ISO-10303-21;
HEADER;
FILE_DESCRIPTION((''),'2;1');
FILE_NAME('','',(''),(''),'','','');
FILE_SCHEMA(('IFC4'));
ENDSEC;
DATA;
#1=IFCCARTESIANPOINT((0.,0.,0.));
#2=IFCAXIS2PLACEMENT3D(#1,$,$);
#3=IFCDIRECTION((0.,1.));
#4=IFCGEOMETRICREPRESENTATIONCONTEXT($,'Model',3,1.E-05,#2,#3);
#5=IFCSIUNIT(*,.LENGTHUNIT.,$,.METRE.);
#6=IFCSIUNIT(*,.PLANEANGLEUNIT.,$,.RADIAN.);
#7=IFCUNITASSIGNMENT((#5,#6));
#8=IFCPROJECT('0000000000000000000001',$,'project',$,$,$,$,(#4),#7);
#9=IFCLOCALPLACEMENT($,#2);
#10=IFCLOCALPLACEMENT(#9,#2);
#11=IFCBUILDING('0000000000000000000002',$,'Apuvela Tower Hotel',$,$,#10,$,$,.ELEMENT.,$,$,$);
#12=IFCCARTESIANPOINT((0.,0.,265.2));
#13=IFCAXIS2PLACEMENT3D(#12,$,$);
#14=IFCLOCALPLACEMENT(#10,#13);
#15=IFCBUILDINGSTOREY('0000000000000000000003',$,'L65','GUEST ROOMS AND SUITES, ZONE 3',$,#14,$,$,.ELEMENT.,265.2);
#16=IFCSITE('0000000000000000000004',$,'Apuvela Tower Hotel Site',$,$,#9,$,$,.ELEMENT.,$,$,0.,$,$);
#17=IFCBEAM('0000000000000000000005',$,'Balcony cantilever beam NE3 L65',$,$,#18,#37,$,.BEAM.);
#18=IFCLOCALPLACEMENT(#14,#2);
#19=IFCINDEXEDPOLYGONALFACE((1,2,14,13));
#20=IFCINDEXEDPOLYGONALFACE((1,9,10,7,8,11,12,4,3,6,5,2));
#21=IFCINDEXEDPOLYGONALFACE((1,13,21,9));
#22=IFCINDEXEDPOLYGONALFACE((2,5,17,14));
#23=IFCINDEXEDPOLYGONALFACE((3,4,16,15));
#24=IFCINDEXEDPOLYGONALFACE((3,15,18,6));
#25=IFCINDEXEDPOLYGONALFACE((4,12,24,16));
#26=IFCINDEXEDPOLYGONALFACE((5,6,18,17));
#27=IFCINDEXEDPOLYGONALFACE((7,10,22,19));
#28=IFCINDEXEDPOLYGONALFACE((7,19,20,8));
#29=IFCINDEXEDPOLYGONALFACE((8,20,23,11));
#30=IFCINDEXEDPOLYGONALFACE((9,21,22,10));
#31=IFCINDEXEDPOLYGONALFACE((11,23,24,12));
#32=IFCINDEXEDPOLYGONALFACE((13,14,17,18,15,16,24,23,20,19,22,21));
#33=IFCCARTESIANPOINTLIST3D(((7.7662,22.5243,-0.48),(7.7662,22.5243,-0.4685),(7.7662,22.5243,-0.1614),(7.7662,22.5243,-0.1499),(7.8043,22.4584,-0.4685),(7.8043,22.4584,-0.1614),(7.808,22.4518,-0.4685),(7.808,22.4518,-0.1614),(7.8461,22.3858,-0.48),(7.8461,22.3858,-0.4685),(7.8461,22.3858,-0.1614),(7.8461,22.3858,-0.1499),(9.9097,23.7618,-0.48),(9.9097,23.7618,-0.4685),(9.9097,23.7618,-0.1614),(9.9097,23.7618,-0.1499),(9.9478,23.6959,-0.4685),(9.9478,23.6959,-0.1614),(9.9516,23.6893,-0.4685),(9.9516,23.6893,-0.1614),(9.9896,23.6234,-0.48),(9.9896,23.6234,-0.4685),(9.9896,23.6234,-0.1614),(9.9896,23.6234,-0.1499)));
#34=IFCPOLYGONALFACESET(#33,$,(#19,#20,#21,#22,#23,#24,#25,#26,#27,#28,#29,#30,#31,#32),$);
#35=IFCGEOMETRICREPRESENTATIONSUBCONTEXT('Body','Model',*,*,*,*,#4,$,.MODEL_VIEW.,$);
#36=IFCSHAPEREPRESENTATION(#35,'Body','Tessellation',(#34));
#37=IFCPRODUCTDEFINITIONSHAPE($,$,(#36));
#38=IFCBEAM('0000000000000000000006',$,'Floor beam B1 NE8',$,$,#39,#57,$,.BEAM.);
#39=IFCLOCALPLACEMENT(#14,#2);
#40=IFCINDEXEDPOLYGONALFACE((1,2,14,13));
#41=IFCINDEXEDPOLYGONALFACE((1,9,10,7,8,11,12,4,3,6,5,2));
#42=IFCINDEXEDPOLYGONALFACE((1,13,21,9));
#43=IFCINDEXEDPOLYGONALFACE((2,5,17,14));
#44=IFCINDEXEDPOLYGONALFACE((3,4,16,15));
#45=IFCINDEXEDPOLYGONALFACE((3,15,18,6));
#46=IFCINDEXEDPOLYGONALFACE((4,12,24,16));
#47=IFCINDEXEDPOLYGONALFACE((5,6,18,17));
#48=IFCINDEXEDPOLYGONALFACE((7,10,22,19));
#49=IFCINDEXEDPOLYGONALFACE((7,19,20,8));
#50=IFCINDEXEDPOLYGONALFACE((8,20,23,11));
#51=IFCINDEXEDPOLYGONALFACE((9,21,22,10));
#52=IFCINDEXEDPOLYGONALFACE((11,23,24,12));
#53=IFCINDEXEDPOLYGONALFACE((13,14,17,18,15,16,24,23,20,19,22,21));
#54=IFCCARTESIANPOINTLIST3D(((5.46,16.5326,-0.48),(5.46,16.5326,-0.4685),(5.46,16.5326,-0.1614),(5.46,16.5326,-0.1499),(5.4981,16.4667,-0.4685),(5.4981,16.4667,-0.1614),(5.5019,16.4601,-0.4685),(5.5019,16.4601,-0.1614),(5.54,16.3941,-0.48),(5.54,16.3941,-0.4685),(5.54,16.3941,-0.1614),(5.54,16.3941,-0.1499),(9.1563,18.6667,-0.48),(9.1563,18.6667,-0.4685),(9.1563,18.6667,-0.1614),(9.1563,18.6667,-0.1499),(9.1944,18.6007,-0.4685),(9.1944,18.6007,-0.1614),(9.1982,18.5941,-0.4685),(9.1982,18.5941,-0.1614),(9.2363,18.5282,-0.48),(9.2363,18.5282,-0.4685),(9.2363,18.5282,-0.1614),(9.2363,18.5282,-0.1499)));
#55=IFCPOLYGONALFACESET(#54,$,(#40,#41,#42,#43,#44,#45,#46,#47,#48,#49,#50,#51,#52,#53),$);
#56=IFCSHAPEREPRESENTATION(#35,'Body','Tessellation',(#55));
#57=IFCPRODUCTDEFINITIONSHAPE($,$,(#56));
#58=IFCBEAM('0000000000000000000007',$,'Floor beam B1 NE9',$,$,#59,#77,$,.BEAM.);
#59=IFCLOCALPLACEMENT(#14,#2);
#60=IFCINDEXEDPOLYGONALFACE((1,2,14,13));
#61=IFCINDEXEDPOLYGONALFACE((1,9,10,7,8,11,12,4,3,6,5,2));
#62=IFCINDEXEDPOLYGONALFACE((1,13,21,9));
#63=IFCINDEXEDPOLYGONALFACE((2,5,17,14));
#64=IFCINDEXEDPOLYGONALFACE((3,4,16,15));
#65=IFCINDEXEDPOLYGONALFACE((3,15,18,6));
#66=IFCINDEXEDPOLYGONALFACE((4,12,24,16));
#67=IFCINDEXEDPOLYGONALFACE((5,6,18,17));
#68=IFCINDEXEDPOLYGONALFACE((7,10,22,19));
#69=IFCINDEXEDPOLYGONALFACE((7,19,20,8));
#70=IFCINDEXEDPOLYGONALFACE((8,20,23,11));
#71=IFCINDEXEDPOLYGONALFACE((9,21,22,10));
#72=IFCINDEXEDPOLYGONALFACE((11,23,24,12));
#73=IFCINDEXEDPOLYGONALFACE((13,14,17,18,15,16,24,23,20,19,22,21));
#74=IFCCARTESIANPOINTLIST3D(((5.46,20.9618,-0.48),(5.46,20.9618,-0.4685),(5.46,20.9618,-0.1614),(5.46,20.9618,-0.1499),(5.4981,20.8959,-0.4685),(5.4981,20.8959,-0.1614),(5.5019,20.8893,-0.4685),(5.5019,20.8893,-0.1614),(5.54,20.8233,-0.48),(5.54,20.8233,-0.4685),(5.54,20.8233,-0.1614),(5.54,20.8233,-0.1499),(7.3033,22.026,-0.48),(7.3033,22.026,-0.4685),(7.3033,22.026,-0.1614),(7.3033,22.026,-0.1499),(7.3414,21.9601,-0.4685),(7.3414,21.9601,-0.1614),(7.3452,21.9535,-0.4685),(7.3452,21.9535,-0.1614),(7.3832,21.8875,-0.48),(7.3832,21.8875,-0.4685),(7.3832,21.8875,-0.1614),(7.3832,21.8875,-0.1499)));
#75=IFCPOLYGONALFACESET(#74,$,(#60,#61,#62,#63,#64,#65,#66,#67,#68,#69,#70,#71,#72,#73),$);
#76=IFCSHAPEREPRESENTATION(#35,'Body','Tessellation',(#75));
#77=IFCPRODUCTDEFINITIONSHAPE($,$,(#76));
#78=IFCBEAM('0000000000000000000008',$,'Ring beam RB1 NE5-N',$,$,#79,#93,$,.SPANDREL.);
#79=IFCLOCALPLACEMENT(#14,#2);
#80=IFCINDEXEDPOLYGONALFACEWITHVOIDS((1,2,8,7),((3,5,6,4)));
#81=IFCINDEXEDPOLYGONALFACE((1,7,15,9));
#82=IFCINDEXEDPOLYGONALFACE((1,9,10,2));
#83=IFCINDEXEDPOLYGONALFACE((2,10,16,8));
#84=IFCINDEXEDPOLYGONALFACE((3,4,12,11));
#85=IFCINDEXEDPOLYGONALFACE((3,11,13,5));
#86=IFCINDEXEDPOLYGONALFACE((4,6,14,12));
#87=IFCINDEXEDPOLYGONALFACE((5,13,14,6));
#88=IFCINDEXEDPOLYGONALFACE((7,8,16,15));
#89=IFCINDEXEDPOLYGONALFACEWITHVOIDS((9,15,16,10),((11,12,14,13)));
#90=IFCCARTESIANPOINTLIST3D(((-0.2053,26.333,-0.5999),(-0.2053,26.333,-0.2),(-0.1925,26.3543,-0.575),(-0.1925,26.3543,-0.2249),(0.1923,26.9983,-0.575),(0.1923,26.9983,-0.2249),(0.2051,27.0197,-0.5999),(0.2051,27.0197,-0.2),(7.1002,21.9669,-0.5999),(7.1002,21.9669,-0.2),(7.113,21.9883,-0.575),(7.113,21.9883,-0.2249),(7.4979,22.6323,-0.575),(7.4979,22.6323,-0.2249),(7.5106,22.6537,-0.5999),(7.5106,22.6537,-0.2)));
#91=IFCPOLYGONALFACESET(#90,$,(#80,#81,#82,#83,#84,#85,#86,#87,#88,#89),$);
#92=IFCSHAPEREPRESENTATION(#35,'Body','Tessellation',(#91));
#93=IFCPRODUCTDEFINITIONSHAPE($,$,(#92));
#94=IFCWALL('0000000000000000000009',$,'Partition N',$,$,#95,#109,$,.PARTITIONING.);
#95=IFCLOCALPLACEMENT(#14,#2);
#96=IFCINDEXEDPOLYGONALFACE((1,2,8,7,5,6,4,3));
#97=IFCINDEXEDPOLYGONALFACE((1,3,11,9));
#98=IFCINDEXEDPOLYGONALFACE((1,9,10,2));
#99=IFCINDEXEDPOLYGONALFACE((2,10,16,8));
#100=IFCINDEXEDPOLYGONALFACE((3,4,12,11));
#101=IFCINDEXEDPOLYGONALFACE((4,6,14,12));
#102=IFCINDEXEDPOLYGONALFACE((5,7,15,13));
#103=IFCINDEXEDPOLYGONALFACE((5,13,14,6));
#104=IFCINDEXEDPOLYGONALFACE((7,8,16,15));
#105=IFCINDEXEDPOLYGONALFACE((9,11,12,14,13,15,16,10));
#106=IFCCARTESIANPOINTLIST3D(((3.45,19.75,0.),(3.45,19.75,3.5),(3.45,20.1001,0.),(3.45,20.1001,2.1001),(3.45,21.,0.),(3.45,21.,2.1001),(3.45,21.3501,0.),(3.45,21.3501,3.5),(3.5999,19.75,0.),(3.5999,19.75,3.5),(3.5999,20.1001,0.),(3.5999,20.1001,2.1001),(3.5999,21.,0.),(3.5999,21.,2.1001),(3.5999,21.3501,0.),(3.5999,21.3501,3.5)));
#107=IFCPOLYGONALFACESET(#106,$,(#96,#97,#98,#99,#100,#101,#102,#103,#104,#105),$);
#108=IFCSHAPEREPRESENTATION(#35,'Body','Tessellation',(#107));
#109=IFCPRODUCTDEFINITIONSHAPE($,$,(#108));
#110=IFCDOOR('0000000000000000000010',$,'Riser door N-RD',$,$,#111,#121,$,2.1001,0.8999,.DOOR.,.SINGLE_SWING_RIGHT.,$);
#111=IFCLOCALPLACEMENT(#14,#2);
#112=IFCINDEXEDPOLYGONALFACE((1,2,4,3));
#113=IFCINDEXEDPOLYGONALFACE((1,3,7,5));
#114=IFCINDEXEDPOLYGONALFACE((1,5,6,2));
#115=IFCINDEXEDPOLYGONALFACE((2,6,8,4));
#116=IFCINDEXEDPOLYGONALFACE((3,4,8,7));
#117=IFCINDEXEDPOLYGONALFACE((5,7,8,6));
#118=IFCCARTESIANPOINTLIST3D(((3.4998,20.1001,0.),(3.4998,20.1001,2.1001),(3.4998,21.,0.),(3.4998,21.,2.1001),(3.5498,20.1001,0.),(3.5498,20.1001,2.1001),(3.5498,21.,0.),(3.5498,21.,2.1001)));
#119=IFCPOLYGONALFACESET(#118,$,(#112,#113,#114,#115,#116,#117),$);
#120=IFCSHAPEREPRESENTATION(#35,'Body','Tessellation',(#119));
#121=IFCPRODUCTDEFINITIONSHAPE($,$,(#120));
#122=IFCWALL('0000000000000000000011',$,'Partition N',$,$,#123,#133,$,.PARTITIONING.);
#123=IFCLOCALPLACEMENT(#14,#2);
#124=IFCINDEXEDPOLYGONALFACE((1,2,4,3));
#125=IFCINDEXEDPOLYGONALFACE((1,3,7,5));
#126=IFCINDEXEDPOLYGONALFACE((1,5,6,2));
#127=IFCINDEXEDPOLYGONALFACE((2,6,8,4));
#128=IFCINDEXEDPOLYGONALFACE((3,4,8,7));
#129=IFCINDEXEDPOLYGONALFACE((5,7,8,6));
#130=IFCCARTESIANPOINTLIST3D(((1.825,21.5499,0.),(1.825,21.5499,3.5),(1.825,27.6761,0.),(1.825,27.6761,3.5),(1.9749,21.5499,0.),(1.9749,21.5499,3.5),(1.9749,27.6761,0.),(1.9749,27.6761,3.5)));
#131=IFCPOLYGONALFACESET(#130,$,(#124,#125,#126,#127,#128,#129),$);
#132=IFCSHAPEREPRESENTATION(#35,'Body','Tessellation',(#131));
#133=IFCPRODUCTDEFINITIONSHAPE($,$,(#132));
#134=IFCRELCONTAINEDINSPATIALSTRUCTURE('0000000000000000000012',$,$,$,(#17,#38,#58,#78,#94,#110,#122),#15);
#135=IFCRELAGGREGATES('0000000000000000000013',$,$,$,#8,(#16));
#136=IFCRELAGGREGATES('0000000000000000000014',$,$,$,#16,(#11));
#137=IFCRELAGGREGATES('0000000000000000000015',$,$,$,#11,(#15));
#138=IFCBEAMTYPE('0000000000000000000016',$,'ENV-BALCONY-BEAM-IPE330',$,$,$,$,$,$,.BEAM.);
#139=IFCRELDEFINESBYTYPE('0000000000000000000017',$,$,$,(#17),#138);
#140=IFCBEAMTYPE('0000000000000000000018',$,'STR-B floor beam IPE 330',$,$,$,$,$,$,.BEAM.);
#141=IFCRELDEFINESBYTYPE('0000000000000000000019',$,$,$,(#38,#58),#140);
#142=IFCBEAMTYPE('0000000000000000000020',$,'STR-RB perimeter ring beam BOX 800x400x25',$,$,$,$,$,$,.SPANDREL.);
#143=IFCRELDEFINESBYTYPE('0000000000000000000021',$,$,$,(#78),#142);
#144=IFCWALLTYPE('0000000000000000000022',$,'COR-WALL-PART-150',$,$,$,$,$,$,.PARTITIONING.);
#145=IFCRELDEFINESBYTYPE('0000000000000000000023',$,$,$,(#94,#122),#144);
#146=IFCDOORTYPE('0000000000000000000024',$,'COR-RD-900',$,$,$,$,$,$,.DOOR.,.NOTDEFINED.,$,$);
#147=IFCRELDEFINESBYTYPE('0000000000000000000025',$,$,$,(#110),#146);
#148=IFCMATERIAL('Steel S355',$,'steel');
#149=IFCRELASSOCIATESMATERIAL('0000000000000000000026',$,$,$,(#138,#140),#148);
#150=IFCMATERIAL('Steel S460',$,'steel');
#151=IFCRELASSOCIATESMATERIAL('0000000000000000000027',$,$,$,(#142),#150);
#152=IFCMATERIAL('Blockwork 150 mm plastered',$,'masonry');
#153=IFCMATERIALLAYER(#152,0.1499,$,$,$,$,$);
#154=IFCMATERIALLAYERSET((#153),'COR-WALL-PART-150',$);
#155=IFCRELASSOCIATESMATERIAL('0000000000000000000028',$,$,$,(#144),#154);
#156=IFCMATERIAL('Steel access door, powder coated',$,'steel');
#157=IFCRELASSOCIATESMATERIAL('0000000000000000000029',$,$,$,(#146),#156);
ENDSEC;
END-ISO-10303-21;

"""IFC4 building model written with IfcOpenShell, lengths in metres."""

from ifc_helpers import new_model, si_unit, direction, frame, frame_2d, origin, origin_2d, place, context, subcontext, project, spatial, rectangle, hollow_rectangle, i_section, extrude, material, layer, layer_set, material_profile, profile_set, type_object, element, fill, save


model = new_model("IFC4")

# Units and contexts
model_context = context("Model", 3, precision=1e-05, world=origin(), true_north=direction((0.0, 1.0)))
body_context = subcontext(model_context, "Body", "Model", "MODEL_VIEW")
ifc_project = project(units=[si_unit("LENGTHUNIT", "METRE"), si_unit("PLANEANGLEUNIT", "RADIAN")], contexts=[model_context])

# Site, building, storey
site_placement = place(None, origin())
site = spatial("IfcSite", under=ifc_project, at=site_placement, Name="Apuvela Tower Hotel Site", CompositionType="ELEMENT", RefElevation=0.0)
building_placement = place(site_placement, origin())
building = spatial("IfcBuilding", under=site, at=building_placement, Name="Apuvela Tower Hotel", CompositionType="ELEMENT")
storey_placement = place(building_placement, frame((0.0, 0.0, 265.2)))
storey = spatial("IfcBuildingStorey", under=building, at=storey_placement, Name="L65", Description="GUEST ROOMS AND SUITES, ZONE 3", CompositionType="ELEMENT", Elevation=265.2)

# Shared definitions
ifc_material_1 = material(Name="Steel S460", Category="steel")

# Beams
ifc_material_2 = material(Name="Steel S355", Category="steel")
ifc_material_profile_1 = material_profile(ifc_material_2, i_section(OverallWidth=0.1599, OverallDepth=0.3301, WebThickness=0.0076, FlangeThickness=0.0115, at=origin_2d()), Name="IPE 330")
ifc_profile_set_1 = profile_set([ifc_material_profile_1], Name="Steel S355")
beam_type_1 = type_object("IfcBeamType", Name="ENV-BALCONY-BEAM-IPE330", PredefinedType="BEAM", material=ifc_profile_set_1)
beam_1_placement = place(storey_placement, frame((7.8062, 22.4551, -0.3149), z_axis=(0.866031, 0.49999, 0.0), x_axis=(-0.49999, 0.866031, 0.0)))
element("IfcBeam", 1, at=beam_1_placement, inside=storey, type_object=beam_type_1, Name="Balcony cantilever beam NE3 L65", PredefinedType="BEAM", context=body_context, shape_type="SweptSolid", body=[
    extrude(i_section(OverallWidth=0.1599, OverallDepth=0.3301, WebThickness=0.0076, FlangeThickness=0.0115, at=origin_2d()), origin(), (0.0, 0.0, 1.0), 2.4751),
])
ifc_material_profile_2 = material_profile(ifc_material_2, i_section(OverallWidth=0.1599, OverallDepth=0.3301, WebThickness=0.0076, FlangeThickness=0.0115, at=origin_2d()), Name="IPE 330")
ifc_profile_set_2 = profile_set([ifc_material_profile_2], Name="Steel S355")
beam_type_2 = type_object("IfcBeamType", Name="STR-B floor beam IPE 330", PredefinedType="BEAM", material=ifc_profile_set_2)
beam_2_placement = place(storey_placement, frame((9.1963, 18.5974, -0.3149), z_axis=(-0.866027, -0.499996, 0.0), x_axis=(0.499996, -0.866027, 0.0)))
element("IfcBeam", 2, at=beam_2_placement, inside=storey, type_object=beam_type_2, Name="Floor beam B1 NE8", PredefinedType="BEAM", context=body_context, shape_type="SweptSolid", body=[
    extrude(i_section(OverallWidth=0.1599, OverallDepth=0.3301, WebThickness=0.0076, FlangeThickness=0.0115, at=origin_2d()), origin(), (0.0, 0.0, 1.0), 4.2681),
])
beam_3_placement = place(storey_placement, frame((7.3433, 21.9568, -0.3149), z_axis=(-0.866025, -0.5, 0.0), x_axis=(0.5, -0.866025, 0.0)))
element("IfcBeam", 3, at=beam_3_placement, inside=storey, type_object=beam_type_2, Name="Floor beam B1 NE9", PredefinedType="BEAM", context=body_context, shape_type="SweptSolid", body=[
    extrude(i_section(OverallWidth=0.1599, OverallDepth=0.3301, WebThickness=0.0076, FlangeThickness=0.0115, at=origin_2d()), origin(), (0.0, 0.0, 1.0), 2.1284),
])
ifc_material_profile_3 = material_profile(ifc_material_1, hollow_rectangle(XDim=0.8, YDim=0.3999, WallThickness=0.0249, at=origin_2d()), Name="BOX 800x400x25")
ifc_profile_set_3 = profile_set([ifc_material_profile_3], Name="Steel S460")
beam_type_3 = type_object("IfcBeamType", Name="STR-RB perimeter ring beam BOX 800x400x25", PredefinedType="SPANDREL", material=ifc_profile_set_3)
beam_4_placement = place(storey_placement, frame((7.3054, 22.3103, -0.3999), z_axis=(-0.858388, 0.513002, 0.0), x_axis=(-0.513002, -0.858388, 0.0)))
element("IfcBeam", 4, at=beam_4_placement, inside=storey, type_object=beam_type_3, Name="Ring beam RB1 NE5-N", PredefinedType="SPANDREL", context=body_context, shape_type="SweptSolid", body=[
    extrude(hollow_rectangle(XDim=0.8, YDim=0.3999, WallThickness=0.0249, at=origin_2d()), origin(), (0.0, 0.0, 1.0), 8.5107),
])

# Wall, opening, door
ifc_material_3 = material(Name="Blockwork 150 mm plastered", Category="masonry")
ifc_layer_1 = layer(ifc_material_3, 0.1499)
ifc_layer_set_1 = layer_set([ifc_layer_1], Name="COR-WALL-PART-150")
wall_type_1 = type_object("IfcWallType", Name="COR-WALL-PART-150", PredefinedType="PARTITIONING", material=ifc_layer_set_1)
wall_1_placement = place(storey_placement, frame((3.5249, 19.75, 0.0), z_axis=(0.0, 0.0, 1.0), x_axis=(0.0, 1.0, 0.0)))
wall_1 = element("IfcWall", 5, at=wall_1_placement, inside=storey, type_object=wall_type_1, Name="Partition N", PredefinedType="PARTITIONING", context=body_context, shape_type="SweptSolid", body=[
    extrude(rectangle(XDim=1.6001, YDim=0.1499, at=frame_2d((0.8, 0.0))), origin(), (0.0, 0.0, 1.0), 3.5),
])
opening_1_placement = place(wall_1_placement, frame((0.3501, 0.0, 0.0)))
opening_1 = element("IfcOpeningElement", 6, at=opening_1_placement, cuts=wall_1, PredefinedType="OPENING", context=body_context, shape_type="SweptSolid", body=[
    extrude(rectangle(XDim=0.8999, YDim=2.1001, at=frame_2d((0.45, 1.05))), frame((0.0, 0.085, 0.0), z_axis=(0.0, -1.0, 0.0), x_axis=(1.0, 0.0, 0.0)), (0.0, 0.0, 1.0), 0.1699),
])
ifc_material_4 = material(Name="Steel access door, powder coated", Category="steel")
door_type_1 = type_object("IfcDoorType", Name="COR-RD-900", OperationType="NOTDEFINED", PredefinedType="DOOR", material=ifc_material_4)
door_1_placement = place(opening_1_placement, frame((0.8999, 0.0, 0.0), z_axis=(0.0, 0.0, 1.0), x_axis=(-1.0, 0.0, 0.0)))
door_1 = element("IfcDoor", 7, at=door_1_placement, inside=storey, type_object=door_type_1, Name="Riser door N-RD", OperationType="SINGLE_SWING_RIGHT", OverallHeight=2.1001, OverallWidth=0.8999, PredefinedType="DOOR", context=body_context, shape_type="SweptSolid", body=[
    extrude(rectangle(XDim=0.8999, YDim=2.1001, at=frame_2d((0.45, 1.05))), frame((0.0, 0.0249, 0.0), z_axis=(0.0, -1.0, 0.0), x_axis=(1.0, 0.0, 0.0)), (0.0, 0.0, 1.0), 0.05),
])
fill(opening_1, door_1)

# Wall
wall_2_placement = place(storey_placement, frame((1.8999, 21.55, 0.0), z_axis=(0.0, 0.0, 1.0), x_axis=(0.0, 1.0, 0.0)))
element("IfcWall", 8, at=wall_2_placement, inside=storey, type_object=wall_type_1, Name="Partition N", PredefinedType="PARTITIONING", context=body_context, shape_type="SweptSolid", body=[
    extrude(rectangle(XDim=6.1262, YDim=0.1499, at=frame_2d((3.063, 0.0))), origin(), (0.0, 0.0, 1.0), 3.5),
])

save(model, "model.ifc")
